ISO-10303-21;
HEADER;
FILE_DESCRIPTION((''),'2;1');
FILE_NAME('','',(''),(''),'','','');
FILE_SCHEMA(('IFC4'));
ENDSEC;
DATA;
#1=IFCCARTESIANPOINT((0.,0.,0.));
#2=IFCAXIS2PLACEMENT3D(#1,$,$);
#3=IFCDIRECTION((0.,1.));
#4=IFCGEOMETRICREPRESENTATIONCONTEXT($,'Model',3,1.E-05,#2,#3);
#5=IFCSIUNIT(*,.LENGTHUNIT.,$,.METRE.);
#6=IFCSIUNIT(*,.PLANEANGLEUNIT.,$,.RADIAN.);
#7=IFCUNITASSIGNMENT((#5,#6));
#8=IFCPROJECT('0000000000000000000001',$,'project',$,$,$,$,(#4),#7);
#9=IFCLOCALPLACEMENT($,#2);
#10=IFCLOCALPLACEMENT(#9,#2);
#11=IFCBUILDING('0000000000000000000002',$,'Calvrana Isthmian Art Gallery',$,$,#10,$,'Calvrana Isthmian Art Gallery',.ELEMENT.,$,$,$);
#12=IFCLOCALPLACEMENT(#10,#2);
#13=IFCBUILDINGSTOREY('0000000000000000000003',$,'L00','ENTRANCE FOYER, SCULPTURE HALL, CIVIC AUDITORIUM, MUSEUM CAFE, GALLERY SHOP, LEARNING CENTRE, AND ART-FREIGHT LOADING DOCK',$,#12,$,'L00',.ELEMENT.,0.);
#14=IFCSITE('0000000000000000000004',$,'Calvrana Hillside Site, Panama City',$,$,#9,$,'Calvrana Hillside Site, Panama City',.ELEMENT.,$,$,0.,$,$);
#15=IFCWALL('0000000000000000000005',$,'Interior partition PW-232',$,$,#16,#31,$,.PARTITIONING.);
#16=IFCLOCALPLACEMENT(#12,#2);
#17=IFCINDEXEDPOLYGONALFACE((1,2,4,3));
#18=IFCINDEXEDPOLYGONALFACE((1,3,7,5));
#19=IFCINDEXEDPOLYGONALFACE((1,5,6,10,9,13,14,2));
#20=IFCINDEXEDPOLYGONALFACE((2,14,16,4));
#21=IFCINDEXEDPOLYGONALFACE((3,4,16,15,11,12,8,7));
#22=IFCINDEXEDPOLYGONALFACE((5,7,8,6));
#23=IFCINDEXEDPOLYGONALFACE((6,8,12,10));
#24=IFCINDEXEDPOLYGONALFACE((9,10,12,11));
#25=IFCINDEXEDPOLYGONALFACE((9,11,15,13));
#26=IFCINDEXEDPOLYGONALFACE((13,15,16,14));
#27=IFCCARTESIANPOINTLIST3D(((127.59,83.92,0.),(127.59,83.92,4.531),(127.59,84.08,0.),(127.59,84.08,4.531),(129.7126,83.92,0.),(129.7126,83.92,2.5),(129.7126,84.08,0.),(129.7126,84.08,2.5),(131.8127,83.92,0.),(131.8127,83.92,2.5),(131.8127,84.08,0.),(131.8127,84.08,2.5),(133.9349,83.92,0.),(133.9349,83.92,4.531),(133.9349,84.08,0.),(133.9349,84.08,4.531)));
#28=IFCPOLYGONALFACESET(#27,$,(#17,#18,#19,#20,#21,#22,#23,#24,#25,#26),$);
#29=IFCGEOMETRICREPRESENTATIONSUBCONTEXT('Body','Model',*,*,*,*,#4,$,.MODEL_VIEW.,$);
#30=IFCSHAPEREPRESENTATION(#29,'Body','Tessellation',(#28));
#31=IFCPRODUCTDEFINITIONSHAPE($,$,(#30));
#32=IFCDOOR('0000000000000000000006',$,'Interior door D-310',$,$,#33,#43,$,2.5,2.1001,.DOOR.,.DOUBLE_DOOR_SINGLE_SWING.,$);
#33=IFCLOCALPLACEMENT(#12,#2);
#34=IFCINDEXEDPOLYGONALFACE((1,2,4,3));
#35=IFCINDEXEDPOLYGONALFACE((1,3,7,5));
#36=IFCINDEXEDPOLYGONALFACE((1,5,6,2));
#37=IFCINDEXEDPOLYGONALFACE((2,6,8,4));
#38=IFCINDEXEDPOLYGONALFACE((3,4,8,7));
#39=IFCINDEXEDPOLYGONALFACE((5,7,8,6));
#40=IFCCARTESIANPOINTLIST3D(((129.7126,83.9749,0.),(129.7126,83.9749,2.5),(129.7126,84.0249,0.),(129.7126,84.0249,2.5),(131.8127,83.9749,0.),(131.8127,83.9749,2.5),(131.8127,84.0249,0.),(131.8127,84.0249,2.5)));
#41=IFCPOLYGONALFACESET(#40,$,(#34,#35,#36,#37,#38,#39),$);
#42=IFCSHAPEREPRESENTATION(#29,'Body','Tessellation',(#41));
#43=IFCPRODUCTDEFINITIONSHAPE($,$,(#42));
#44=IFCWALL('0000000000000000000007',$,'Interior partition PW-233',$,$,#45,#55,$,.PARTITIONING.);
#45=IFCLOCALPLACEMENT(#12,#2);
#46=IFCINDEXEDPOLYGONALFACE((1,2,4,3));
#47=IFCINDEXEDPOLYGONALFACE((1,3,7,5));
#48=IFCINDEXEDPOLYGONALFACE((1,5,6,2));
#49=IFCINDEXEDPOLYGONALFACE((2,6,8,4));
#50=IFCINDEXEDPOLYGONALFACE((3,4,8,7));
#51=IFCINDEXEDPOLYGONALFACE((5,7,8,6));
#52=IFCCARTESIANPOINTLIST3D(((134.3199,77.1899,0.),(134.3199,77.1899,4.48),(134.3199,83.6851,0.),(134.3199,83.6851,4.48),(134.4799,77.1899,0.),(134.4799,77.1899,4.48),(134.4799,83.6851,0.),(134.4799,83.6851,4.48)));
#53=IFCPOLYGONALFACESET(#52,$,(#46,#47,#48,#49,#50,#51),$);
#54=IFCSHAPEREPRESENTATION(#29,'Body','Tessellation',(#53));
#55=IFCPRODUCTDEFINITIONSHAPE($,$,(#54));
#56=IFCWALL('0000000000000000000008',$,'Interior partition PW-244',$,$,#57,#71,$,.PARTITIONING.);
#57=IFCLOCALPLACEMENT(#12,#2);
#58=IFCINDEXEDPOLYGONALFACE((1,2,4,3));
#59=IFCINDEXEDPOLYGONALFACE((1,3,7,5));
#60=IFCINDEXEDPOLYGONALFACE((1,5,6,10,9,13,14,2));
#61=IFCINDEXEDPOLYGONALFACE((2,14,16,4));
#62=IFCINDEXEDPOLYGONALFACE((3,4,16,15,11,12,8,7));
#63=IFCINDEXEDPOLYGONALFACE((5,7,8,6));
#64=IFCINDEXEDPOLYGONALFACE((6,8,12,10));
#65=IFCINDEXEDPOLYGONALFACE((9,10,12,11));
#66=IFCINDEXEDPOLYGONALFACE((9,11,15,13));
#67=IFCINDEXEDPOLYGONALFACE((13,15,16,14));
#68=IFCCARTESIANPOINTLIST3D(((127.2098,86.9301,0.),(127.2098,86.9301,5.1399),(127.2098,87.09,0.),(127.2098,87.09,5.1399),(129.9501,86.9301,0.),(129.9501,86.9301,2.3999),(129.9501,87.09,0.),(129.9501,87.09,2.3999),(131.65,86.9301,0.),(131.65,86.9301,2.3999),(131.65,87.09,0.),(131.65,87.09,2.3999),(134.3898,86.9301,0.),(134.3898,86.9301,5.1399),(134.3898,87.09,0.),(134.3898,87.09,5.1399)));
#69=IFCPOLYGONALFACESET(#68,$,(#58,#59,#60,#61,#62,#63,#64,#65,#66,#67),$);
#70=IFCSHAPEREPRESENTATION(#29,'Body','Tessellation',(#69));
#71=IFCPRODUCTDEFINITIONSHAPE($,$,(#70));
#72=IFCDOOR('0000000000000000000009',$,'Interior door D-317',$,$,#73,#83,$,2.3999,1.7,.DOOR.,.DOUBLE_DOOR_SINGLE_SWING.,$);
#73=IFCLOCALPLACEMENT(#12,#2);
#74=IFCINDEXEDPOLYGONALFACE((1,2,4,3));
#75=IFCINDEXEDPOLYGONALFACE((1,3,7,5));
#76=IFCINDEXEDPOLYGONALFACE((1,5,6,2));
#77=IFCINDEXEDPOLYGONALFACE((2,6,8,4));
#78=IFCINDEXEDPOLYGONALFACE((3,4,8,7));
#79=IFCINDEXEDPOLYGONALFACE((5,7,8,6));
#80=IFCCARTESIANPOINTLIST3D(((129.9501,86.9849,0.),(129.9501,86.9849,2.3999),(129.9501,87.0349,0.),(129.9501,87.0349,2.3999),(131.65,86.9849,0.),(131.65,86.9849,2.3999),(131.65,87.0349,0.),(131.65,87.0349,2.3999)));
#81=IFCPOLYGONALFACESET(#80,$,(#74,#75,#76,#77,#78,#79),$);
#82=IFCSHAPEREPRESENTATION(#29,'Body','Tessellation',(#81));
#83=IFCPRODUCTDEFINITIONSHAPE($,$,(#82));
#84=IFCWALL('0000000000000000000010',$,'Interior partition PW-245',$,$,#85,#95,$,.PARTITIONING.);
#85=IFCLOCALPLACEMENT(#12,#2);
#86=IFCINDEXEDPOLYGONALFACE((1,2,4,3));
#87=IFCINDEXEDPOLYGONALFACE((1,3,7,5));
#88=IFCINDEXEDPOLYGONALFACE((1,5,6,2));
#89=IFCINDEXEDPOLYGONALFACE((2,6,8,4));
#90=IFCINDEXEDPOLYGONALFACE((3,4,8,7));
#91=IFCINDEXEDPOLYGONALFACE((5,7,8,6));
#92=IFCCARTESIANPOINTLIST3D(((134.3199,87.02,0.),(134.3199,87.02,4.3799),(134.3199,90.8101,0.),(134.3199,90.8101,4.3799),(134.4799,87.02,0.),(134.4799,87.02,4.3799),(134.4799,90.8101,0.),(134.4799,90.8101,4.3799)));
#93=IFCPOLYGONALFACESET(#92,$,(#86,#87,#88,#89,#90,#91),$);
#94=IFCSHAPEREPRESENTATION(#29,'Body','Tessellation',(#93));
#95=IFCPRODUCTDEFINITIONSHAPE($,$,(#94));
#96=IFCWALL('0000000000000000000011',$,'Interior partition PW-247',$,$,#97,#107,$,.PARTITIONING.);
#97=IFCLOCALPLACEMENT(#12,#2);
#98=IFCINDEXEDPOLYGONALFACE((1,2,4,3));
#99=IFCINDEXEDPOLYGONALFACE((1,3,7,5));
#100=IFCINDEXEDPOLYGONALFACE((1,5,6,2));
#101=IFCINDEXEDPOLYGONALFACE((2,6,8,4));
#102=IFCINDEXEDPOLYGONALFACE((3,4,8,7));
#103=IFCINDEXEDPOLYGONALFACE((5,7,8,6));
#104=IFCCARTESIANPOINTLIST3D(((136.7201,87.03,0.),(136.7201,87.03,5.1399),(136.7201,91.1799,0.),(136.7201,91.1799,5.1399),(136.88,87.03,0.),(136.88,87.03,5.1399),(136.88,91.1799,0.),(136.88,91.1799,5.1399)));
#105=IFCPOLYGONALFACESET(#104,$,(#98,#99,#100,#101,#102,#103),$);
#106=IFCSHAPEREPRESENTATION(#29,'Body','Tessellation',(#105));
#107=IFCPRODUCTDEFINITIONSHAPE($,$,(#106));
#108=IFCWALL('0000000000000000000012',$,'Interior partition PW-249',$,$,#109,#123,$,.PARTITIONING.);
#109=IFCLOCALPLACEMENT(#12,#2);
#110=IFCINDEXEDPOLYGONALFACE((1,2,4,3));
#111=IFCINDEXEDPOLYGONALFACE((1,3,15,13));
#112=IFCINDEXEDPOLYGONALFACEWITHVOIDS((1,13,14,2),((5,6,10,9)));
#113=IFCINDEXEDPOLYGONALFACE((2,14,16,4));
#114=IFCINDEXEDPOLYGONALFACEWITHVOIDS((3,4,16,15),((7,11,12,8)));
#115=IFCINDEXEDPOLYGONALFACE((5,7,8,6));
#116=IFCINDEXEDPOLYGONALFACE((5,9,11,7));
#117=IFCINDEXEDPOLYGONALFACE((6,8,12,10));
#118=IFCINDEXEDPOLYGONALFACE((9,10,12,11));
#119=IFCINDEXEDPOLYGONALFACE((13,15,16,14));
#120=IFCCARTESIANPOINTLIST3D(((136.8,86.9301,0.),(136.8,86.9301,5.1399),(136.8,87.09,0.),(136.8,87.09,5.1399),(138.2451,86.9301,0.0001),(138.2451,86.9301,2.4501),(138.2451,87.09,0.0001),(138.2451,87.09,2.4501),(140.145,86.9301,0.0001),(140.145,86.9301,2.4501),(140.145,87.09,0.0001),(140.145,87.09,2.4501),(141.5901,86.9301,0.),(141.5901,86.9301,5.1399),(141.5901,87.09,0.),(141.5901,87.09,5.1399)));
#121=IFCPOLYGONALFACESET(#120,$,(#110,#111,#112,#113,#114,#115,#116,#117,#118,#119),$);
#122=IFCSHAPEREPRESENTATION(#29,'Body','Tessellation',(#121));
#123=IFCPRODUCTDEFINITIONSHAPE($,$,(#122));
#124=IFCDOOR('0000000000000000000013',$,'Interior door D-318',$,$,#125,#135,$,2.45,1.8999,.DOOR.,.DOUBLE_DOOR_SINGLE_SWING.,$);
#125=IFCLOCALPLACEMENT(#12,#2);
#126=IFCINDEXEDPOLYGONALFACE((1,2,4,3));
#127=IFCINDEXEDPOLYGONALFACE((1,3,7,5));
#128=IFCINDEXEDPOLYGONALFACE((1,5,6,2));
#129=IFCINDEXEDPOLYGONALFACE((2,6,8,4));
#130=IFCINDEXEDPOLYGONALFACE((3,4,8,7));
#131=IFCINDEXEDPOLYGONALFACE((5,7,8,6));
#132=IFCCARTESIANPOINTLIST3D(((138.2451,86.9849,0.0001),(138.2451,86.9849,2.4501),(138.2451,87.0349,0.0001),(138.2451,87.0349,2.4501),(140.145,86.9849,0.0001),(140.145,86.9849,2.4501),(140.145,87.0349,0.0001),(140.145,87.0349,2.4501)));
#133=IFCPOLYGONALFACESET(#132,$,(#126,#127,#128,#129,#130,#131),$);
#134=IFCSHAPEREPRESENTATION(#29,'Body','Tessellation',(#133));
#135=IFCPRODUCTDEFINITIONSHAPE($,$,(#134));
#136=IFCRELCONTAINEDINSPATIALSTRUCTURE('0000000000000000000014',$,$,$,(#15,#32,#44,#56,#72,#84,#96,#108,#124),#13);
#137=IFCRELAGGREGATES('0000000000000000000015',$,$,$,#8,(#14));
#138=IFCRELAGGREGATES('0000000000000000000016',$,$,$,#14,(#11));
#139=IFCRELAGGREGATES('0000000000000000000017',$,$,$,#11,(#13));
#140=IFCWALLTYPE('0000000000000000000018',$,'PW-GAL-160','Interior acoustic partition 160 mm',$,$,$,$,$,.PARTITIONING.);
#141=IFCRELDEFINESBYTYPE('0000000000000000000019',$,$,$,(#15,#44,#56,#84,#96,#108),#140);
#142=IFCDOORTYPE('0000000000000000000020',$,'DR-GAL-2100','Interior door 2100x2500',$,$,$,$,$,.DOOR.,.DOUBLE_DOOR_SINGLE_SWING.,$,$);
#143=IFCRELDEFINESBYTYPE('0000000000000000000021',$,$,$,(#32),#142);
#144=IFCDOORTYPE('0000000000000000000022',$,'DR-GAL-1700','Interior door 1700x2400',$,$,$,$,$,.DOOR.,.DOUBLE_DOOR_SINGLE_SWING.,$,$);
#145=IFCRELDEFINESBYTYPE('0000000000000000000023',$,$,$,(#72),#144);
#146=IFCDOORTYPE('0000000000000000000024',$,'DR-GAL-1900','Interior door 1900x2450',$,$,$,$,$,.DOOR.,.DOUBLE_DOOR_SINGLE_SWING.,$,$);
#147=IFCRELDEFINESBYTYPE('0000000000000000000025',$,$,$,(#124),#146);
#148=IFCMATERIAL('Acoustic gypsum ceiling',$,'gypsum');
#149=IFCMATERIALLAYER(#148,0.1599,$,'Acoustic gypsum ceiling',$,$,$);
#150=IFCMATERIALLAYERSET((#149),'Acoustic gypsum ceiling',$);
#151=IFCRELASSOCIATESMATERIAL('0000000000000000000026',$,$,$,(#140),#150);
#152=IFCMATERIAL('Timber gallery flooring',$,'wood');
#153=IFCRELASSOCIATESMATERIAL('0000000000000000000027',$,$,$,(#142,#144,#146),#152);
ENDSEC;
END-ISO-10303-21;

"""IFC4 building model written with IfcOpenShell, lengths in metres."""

from ifc_helpers import new_model, si_unit, direction, frame, frame_2d, origin, place, context, subcontext, project, spatial, rectangle, extrude, material, layer, layer_set, type_object, element, fill, save


model = new_model("IFC4")

# Units and contexts
model_context = context("Model", 3, precision=1e-05, world=origin(), true_north=direction((0.0, 1.0)))
body_context = subcontext(model_context, "Body", "Model", "MODEL_VIEW")
ifc_project = project(units=[si_unit("LENGTHUNIT", "METRE"), si_unit("PLANEANGLEUNIT", "RADIAN")], contexts=[model_context])

# Site, building, storey
site_placement = place(None, origin())
site = spatial("IfcSite", under=ifc_project, at=site_placement, Name="Calvrana Hillside Site, Panama City", LongName="Calvrana Hillside Site, Panama City", CompositionType="ELEMENT", RefElevation=0.0)
building_placement = place(site_placement, origin())
building = spatial("IfcBuilding", under=site, at=building_placement, Name="Calvrana Isthmian Art Gallery", LongName="Calvrana Isthmian Art Gallery", CompositionType="ELEMENT")
storey_placement = place(building_placement, origin())
storey = spatial("IfcBuildingStorey", under=building, at=storey_placement, Name="L00", Description="ENTRANCE FOYER, SCULPTURE HALL, CIVIC AUDITORIUM, MUSEUM CAFE, GALLERY SHOP, LEARNING CENTRE, AND ART-FREIGHT LOADING DOCK", LongName="L00", CompositionType="ELEMENT", Elevation=0.0)

# Wall, opening, door
ifc_material_1 = material(Name="Acoustic gypsum ceiling", Category="gypsum")
ifc_layer_1 = layer(ifc_material_1, 0.1599, Name="Acoustic gypsum ceiling")
ifc_layer_set_1 = layer_set([ifc_layer_1], Name="Acoustic gypsum ceiling")
wall_type_1 = type_object("IfcWallType", Name="PW-GAL-160", Description="Interior acoustic partition 160 mm", PredefinedType="PARTITIONING", material=ifc_layer_set_1)
wall_1_placement = place(storey_placement, frame((127.5901, 84.0, 0.0), z_axis=(0.0, 0.0, 1.0), x_axis=(1.0, 0.0, 0.0)))
wall_1 = element("IfcWall", 1, at=wall_1_placement, inside=storey, type_object=wall_type_1, Name="Interior partition PW-232", PredefinedType="PARTITIONING", context=body_context, shape_type="SweptSolid", body=[
    extrude(rectangle(XDim=6.345, YDim=0.1599, at=frame_2d((3.1724, 0.0))), origin(), (0.0, 0.0, 1.0), 4.531),
])
opening_1_placement = place(wall_1_placement, frame((2.1226, 0.0, 0.0)))
opening_1 = element("IfcOpeningElement", 2, at=opening_1_placement, cuts=wall_1, PredefinedType="OPENING", context=body_context, shape_type="SweptSolid", body=[
    extrude(rectangle(XDim=2.1001, YDim=2.5, at=frame_2d((1.05, 1.25))), frame((0.0, 0.0903, 0.0), z_axis=(0.0, -1.0, 0.0), x_axis=(1.0, 0.0, 0.0)), (0.0, 0.0, 1.0), 0.1804),
])
ifc_material_2 = material(Name="Timber gallery flooring", Category="wood")
door_type_1 = type_object("IfcDoorType", Name="DR-GAL-2100", Description="Interior door 2100x2500", OperationType="DOUBLE_DOOR_SINGLE_SWING", PredefinedType="DOOR", material=ifc_material_2)
door_1_placement = place(opening_1_placement, origin())
door_1 = element("IfcDoor", 3, at=door_1_placement, inside=storey, type_object=door_type_1, Name="Interior door D-310", OperationType="DOUBLE_DOOR_SINGLE_SWING", OverallHeight=2.5, OverallWidth=2.1001, PredefinedType="DOOR", context=body_context, shape_type="SweptSolid", body=[
    extrude(rectangle(XDim=2.1001, YDim=2.5, at=frame_2d((1.05, 1.25))), frame((0.0, 0.0249, 0.0), z_axis=(0.0, -1.0, 0.0), x_axis=(1.0, 0.0, 0.0)), (0.0, 0.0, 1.0), 0.05),
])
fill(opening_1, door_1)

# Wall
wall_2_placement = place(storey_placement, frame((134.3999, 77.1899, 0.0), z_axis=(0.0, 0.0, 1.0), x_axis=(0.0, 1.0, 0.0)))
element("IfcWall", 4, at=wall_2_placement, inside=storey, type_object=wall_type_1, Name="Interior partition PW-233", PredefinedType="PARTITIONING", context=body_context, shape_type="SweptSolid", body=[
    extrude(rectangle(XDim=6.4951, YDim=0.1599, at=frame_2d((3.2476, 0.0))), origin(), (0.0, 0.0, 1.0), 4.48),
])

# Wall, opening, door
wall_3_placement = place(storey_placement, frame((127.21, 87.01, 0.0), z_axis=(0.0, 0.0, 1.0), x_axis=(1.0, 0.0, 0.0)))
wall_3 = element("IfcWall", 5, at=wall_3_placement, inside=storey, type_object=wall_type_1, Name="Interior partition PW-244", PredefinedType="PARTITIONING", context=body_context, shape_type="SweptSolid", body=[
    extrude(rectangle(XDim=7.1799, YDim=0.1599, at=frame_2d((3.5898, 0.0))), origin(), (0.0, 0.0, 1.0), 5.1399),
])
opening_2_placement = place(wall_3_placement, frame((2.74, 0.0, 0.0)))
opening_2 = element("IfcOpeningElement", 6, at=opening_2_placement, cuts=wall_3, PredefinedType="OPENING", context=body_context, shape_type="SweptSolid", body=[
    extrude(rectangle(XDim=1.7, YDim=2.3999, at=frame_2d((0.8501, 1.2))), frame((0.0, 0.0903, 0.0), z_axis=(0.0, -1.0, 0.0), x_axis=(1.0, 0.0, 0.0)), (0.0, 0.0, 1.0), 0.1804),
])
door_type_2 = type_object("IfcDoorType", Name="DR-GAL-1700", Description="Interior door 1700x2400", OperationType="DOUBLE_DOOR_SINGLE_SWING", PredefinedType="DOOR", material=ifc_material_2)
door_2_placement = place(opening_2_placement, origin())
door_2 = element("IfcDoor", 7, at=door_2_placement, inside=storey, type_object=door_type_2, Name="Interior door D-317", OperationType="DOUBLE_DOOR_SINGLE_SWING", OverallHeight=2.3999, OverallWidth=1.7, PredefinedType="DOOR", context=body_context, shape_type="SweptSolid", body=[
    extrude(rectangle(XDim=1.7, YDim=2.3999, at=frame_2d((0.8501, 1.2))), frame((0.0, 0.0249, 0.0), z_axis=(0.0, -1.0, 0.0), x_axis=(1.0, 0.0, 0.0)), (0.0, 0.0, 1.0), 0.05),
])
fill(opening_2, door_2)

# Walls
wall_4_placement = place(storey_placement, frame((134.3999, 87.02, 0.0), z_axis=(0.0, 0.0, 1.0), x_axis=(0.0, 1.0, 0.0)))
element("IfcWall", 8, at=wall_4_placement, inside=storey, type_object=wall_type_1, Name="Interior partition PW-245", PredefinedType="PARTITIONING", context=body_context, shape_type="SweptSolid", body=[
    extrude(rectangle(XDim=3.79, YDim=0.1599, at=frame_2d((1.895, 0.0))), origin(), (0.0, 0.0, 1.0), 4.3799),
])
wall_5_placement = place(storey_placement, frame((136.8, 87.03, 0.0), z_axis=(0.0, 0.0, 1.0), x_axis=(0.0, 1.0, 0.0)))
element("IfcWall", 9, at=wall_5_placement, inside=storey, type_object=wall_type_1, Name="Interior partition PW-247", PredefinedType="PARTITIONING", context=body_context, shape_type="SweptSolid", body=[
    extrude(rectangle(XDim=4.1499, YDim=0.1599, at=frame_2d((2.075, 0.0))), origin(), (0.0, 0.0, 1.0), 5.1399),
])

# Wall, opening, door
wall_6_placement = place(storey_placement, frame((136.8, 87.01, 0.0), z_axis=(0.0, 0.0, 1.0), x_axis=(1.0, 0.0, 0.0)))
wall_6 = element("IfcWall", 10, at=wall_6_placement, inside=storey, type_object=wall_type_1, Name="Interior partition PW-249", PredefinedType="PARTITIONING", context=body_context, shape_type="SweptSolid", body=[
    extrude(rectangle(XDim=4.79, YDim=0.1599, at=frame_2d((2.395, 0.0))), origin(), (0.0, 0.0, 1.0), 5.1399),
])
opening_3_placement = place(wall_6_placement, frame((1.4451, 0.0, 0.0)))
opening_3 = element("IfcOpeningElement", 11, at=opening_3_placement, cuts=wall_6, PredefinedType="OPENING", context=body_context, shape_type="SweptSolid", body=[
    extrude(rectangle(XDim=1.8999, YDim=2.45, at=frame_2d((0.95, 1.2251))), frame((0.0, 0.0903, 0.0), z_axis=(0.0, -1.0, 0.0), x_axis=(1.0, 0.0, 0.0)), (0.0, 0.0, 1.0), 0.1804),
])
door_type_3 = type_object("IfcDoorType", Name="DR-GAL-1900", Description="Interior door 1900x2450", OperationType="DOUBLE_DOOR_SINGLE_SWING", PredefinedType="DOOR", material=ifc_material_2)
door_3_placement = place(opening_3_placement, origin())
door_3 = element("IfcDoor", 12, at=door_3_placement, inside=storey, type_object=door_type_3, Name="Interior door D-318", OperationType="DOUBLE_DOOR_SINGLE_SWING", OverallHeight=2.45, OverallWidth=1.8999, PredefinedType="DOOR", context=body_context, shape_type="SweptSolid", body=[
    extrude(rectangle(XDim=1.8999, YDim=2.45, at=frame_2d((0.95, 1.2251))), frame((0.0, 0.0249, 0.0), z_axis=(0.0, -1.0, 0.0), x_axis=(1.0, 0.0, 0.0)), (0.0, 0.0, 1.0), 0.05),
])
fill(opening_3, door_3)

save(model, "model.ifc")
